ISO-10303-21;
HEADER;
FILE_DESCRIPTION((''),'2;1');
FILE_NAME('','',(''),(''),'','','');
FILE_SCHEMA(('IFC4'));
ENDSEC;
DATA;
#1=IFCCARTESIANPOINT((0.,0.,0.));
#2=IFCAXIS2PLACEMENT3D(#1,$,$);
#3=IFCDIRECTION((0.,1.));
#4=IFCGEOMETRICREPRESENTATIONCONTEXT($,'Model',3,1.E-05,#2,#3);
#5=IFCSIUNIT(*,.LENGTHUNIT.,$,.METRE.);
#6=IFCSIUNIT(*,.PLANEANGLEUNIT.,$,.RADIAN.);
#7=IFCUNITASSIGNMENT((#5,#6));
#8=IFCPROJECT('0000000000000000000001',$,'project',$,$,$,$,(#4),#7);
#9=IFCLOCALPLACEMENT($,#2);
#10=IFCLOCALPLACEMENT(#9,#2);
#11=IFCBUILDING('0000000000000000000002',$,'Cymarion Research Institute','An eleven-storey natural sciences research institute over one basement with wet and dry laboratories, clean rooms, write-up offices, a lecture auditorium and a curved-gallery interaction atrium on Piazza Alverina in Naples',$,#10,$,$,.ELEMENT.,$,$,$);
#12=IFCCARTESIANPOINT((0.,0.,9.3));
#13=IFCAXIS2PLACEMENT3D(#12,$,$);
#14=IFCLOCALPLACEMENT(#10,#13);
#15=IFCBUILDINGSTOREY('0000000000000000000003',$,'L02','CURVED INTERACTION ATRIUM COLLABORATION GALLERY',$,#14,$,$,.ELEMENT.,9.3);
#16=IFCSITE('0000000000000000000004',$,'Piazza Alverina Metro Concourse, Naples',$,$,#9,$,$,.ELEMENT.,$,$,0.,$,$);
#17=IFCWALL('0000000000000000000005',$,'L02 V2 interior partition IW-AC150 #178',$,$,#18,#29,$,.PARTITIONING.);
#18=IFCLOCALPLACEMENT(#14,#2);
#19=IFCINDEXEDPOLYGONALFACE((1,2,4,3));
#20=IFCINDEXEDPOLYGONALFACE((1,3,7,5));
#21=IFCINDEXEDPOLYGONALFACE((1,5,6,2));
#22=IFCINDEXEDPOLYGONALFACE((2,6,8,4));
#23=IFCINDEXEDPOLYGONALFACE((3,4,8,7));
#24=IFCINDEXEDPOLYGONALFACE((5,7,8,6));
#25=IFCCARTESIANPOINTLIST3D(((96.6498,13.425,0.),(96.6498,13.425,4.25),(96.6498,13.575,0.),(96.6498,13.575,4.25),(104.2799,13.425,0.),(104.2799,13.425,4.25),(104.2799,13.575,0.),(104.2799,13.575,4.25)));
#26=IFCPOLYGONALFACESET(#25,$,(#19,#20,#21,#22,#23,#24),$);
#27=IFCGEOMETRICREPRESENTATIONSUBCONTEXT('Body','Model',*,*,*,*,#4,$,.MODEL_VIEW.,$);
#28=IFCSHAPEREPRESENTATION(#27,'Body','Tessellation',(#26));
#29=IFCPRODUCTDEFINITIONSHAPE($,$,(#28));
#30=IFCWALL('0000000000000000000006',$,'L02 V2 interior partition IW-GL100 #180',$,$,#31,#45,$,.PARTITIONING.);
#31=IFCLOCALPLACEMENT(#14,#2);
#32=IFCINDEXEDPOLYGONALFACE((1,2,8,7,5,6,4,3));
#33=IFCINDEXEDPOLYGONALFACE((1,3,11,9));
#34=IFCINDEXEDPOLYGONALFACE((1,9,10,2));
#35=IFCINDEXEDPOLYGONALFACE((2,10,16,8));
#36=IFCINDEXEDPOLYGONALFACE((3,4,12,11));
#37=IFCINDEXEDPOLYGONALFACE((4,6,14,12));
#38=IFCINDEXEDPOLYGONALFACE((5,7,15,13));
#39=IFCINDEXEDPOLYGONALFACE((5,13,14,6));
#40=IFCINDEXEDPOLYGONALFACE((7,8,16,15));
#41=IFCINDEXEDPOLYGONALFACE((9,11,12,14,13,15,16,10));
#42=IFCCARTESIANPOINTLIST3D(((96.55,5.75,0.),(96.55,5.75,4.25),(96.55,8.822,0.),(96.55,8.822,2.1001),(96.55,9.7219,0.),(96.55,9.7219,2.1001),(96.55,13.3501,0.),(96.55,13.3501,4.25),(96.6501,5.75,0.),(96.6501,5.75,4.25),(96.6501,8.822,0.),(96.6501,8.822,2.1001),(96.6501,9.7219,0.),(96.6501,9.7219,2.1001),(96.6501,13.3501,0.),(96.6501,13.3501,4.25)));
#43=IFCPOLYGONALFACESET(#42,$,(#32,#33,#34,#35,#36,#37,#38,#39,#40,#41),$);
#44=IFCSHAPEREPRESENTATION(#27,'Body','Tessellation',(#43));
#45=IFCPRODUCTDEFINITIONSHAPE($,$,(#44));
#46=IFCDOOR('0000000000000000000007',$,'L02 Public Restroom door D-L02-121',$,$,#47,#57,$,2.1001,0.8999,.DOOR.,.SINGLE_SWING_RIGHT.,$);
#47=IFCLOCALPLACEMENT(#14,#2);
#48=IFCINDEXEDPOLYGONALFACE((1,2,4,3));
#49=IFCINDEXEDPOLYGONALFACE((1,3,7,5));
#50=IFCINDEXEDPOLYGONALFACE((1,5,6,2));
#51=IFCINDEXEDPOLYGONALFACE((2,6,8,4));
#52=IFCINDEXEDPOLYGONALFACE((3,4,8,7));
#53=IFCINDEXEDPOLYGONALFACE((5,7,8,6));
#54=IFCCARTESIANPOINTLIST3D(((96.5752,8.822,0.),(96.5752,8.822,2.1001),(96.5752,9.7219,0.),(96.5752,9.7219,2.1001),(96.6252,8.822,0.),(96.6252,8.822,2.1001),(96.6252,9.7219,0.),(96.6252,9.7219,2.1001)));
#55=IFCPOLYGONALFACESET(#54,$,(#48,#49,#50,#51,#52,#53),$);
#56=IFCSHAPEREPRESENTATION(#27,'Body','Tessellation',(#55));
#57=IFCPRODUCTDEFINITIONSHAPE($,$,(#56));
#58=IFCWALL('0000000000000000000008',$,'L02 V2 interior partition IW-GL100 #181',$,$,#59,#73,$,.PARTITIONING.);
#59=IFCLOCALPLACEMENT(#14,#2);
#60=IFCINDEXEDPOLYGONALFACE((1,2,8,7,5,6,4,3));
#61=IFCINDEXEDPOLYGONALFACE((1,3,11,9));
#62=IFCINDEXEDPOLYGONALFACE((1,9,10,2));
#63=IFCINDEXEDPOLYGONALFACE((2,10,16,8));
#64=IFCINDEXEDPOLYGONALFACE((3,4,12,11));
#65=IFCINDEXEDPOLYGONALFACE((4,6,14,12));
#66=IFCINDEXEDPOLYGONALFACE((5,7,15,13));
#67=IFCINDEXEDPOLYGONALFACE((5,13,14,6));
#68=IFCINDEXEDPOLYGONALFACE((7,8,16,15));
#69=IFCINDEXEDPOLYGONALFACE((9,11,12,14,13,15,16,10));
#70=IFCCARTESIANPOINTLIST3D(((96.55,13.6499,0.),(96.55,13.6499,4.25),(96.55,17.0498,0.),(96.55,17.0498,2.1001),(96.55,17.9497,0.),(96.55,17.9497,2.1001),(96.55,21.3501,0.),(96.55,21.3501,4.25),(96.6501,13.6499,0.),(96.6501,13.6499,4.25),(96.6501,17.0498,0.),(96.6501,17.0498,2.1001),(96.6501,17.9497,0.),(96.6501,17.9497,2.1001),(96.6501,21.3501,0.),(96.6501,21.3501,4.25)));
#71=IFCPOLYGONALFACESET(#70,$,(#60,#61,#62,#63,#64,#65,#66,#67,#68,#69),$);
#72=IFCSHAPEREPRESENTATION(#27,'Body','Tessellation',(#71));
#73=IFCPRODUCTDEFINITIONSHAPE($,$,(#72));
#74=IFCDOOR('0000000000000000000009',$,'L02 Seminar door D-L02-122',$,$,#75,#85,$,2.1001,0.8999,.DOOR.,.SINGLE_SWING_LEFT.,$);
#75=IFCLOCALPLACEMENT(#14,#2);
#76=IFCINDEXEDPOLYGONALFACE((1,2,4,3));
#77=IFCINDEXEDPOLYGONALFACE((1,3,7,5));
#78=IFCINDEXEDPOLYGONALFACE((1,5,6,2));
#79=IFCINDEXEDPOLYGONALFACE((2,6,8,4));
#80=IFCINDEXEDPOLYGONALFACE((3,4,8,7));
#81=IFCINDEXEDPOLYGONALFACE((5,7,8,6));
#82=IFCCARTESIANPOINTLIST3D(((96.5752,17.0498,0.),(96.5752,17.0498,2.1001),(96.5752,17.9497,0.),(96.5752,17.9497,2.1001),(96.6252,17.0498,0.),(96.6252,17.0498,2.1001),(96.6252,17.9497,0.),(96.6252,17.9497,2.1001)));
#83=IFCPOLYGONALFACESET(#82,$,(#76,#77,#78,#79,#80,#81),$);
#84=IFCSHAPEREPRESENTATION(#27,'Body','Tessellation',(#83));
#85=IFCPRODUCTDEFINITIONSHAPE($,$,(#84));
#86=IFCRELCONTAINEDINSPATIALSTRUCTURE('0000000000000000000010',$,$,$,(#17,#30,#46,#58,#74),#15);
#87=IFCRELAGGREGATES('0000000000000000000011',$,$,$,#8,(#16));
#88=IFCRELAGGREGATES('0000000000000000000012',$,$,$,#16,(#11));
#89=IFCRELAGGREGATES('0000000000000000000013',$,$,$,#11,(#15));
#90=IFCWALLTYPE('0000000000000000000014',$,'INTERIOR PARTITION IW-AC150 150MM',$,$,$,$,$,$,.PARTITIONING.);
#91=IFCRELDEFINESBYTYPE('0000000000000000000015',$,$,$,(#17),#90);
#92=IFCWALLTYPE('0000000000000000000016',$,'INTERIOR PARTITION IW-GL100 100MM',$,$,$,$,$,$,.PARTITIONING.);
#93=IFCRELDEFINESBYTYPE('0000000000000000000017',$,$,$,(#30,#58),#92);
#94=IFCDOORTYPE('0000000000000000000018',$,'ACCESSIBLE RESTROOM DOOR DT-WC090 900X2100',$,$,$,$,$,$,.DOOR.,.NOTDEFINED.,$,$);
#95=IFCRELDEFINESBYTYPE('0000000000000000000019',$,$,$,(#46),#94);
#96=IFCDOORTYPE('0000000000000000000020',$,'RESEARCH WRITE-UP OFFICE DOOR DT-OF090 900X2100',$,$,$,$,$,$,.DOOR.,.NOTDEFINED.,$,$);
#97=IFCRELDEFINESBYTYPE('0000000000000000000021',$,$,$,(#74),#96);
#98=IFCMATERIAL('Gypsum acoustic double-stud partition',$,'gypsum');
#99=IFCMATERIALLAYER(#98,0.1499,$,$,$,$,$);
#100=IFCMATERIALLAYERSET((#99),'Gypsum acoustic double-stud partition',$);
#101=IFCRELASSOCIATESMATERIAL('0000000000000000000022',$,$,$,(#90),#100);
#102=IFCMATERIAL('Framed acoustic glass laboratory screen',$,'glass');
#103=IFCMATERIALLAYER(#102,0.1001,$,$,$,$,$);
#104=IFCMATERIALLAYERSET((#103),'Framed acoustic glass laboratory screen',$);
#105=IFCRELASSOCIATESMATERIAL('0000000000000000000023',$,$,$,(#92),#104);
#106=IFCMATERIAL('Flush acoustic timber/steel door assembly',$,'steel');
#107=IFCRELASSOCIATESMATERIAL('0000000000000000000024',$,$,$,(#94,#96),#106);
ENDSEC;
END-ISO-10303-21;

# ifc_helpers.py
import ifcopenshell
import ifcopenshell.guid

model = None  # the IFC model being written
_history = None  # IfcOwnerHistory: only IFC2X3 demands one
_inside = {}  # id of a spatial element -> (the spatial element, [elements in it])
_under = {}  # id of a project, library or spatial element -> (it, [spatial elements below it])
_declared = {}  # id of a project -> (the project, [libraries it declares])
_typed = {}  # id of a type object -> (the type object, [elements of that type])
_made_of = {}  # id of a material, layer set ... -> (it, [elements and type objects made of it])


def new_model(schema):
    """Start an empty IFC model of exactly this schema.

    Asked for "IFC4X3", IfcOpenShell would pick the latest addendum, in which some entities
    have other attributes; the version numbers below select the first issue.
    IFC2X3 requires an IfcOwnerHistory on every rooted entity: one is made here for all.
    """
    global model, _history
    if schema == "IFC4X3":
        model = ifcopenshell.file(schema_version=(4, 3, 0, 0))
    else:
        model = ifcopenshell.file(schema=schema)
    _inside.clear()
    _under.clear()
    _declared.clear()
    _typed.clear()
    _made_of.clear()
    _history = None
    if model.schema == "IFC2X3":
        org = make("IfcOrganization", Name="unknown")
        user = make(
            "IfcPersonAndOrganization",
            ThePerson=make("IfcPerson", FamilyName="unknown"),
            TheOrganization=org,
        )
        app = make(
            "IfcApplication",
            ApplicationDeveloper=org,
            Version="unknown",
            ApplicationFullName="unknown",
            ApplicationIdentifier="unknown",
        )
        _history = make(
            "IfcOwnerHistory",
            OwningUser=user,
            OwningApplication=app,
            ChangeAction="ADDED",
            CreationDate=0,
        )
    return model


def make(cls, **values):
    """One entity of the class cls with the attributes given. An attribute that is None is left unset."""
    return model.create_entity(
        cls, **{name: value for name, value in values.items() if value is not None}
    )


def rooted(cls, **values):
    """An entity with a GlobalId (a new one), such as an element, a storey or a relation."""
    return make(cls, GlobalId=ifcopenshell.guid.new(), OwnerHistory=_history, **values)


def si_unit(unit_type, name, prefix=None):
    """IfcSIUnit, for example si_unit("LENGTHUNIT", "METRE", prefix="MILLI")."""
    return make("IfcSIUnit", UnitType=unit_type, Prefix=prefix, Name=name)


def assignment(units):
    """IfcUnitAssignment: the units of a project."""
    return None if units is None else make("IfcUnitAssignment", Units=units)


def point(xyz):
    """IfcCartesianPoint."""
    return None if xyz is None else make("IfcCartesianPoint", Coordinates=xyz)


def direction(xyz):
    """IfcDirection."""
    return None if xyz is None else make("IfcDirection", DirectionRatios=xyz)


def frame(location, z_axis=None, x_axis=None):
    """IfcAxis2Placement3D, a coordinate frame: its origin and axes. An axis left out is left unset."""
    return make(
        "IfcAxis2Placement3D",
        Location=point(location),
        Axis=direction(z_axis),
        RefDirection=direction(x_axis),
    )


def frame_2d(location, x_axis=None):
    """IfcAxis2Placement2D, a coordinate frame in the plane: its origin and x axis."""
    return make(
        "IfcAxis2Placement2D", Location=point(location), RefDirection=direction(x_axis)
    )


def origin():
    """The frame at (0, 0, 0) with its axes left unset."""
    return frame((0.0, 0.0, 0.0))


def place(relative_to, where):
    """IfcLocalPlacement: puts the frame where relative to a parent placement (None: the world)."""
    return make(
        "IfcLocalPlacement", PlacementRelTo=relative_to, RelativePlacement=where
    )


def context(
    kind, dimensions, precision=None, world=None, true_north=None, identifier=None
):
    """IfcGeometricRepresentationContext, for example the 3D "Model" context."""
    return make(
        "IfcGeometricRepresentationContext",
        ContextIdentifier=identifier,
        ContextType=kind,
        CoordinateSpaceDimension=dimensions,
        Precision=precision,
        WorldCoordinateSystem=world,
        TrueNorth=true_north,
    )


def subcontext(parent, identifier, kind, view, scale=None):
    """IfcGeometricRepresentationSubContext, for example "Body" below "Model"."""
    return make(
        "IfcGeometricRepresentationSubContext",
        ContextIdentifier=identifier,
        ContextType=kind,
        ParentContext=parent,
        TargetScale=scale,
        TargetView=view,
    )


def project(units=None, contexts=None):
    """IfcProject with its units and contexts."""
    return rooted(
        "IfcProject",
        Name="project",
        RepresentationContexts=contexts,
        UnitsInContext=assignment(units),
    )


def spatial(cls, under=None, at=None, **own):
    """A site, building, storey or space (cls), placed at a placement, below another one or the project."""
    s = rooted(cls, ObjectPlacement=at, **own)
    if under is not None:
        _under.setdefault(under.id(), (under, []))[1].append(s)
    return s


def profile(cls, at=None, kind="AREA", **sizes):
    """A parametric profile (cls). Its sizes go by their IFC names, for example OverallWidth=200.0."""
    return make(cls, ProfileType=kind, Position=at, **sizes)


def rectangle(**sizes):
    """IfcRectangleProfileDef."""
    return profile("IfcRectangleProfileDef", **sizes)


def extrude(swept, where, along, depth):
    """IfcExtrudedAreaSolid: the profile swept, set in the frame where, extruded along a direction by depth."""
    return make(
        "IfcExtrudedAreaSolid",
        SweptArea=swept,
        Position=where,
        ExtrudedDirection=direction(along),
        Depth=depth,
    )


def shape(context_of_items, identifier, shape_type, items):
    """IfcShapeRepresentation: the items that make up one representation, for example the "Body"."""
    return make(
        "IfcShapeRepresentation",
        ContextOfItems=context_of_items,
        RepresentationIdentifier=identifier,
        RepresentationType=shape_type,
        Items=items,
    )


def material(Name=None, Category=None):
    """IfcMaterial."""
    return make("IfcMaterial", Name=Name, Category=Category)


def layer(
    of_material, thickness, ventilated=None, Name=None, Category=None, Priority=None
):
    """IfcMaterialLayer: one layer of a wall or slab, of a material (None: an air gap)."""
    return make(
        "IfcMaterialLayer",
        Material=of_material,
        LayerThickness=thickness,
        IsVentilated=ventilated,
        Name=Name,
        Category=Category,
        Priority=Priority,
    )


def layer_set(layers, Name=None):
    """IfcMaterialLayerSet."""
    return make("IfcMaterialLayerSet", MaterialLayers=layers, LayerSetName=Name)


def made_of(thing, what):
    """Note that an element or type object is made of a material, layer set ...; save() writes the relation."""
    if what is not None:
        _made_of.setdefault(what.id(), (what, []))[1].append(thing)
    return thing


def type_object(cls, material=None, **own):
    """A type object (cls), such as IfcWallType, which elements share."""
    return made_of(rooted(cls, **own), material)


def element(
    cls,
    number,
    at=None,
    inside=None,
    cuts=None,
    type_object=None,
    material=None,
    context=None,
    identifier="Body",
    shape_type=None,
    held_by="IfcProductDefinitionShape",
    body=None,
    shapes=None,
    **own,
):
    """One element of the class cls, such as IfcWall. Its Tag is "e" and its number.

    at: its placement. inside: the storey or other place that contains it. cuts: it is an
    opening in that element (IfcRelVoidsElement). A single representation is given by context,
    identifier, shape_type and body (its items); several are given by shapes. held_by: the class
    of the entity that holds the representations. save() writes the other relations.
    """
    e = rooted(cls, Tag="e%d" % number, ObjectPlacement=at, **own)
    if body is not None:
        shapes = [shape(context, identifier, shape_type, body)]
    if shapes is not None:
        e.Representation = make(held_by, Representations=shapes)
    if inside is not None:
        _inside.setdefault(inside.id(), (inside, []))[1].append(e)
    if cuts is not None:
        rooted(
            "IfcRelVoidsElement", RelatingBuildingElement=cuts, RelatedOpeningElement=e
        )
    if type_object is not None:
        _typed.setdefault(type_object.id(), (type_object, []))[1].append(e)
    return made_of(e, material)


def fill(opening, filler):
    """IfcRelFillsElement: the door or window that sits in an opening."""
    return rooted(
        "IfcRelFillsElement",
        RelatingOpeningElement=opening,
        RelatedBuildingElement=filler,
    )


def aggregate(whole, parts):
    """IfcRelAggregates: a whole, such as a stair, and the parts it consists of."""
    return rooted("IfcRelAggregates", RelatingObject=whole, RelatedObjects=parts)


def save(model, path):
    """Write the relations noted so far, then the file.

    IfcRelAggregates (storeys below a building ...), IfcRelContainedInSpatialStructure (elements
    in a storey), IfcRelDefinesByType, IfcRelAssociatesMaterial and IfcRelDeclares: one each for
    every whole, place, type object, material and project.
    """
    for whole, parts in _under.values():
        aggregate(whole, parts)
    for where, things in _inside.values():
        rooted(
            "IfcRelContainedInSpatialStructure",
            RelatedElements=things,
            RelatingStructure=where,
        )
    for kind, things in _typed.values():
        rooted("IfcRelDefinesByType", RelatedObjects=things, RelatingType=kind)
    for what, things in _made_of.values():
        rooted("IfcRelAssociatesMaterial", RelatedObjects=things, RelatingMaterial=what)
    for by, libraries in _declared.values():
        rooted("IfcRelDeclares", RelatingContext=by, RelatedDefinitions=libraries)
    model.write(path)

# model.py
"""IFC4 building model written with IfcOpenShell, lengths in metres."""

from ifc_helpers import new_model, si_unit, direction, frame, frame_2d, origin, place, context, subcontext, project, spatial, rectangle, extrude, material, layer, layer_set, type_object, element, fill, save


model = new_model("IFC4")

# Units and contexts
model_context = context("Model", 3, precision=1e-05, world=origin(), true_north=direction((0.0, 1.0)))
body_context = subcontext(model_context, "Body", "Model", "MODEL_VIEW")
ifc_project = project(units=[si_unit("LENGTHUNIT", "METRE"), si_unit("PLANEANGLEUNIT", "RADIAN")], contexts=[model_context])

# Site, building, storey
site_placement = place(None, origin())
site = spatial("IfcSite", under=ifc_project, at=site_placement, Name="Piazza Alverina Metro Concourse, Naples", CompositionType="ELEMENT", RefElevation=0.0)
building_placement = place(site_placement, origin())
building = spatial("IfcBuilding", under=site, at=building_placement, Name="Cymarion Research Institute", Description="An eleven-storey natural sciences research institute over one basement with wet and dry laboratories, clean rooms, write-up offices, a lecture auditorium and a curved-gallery interaction atrium on Piazza Alverina in Naples", CompositionType="ELEMENT")
storey_placement = place(building_placement, frame((0.0, 0.0, 9.3)))
storey = spatial("IfcBuildingStorey", under=building, at=storey_placement, Name="L02", Description="CURVED INTERACTION ATRIUM COLLABORATION GALLERY", CompositionType="ELEMENT", Elevation=9.3)

# Wall
ifc_material_1 = material(Name="Gypsum acoustic double-stud partition", Category="gypsum")
ifc_layer_1 = layer(ifc_material_1, 0.1499)
ifc_layer_set_1 = layer_set([ifc_layer_1], Name="Gypsum acoustic double-stud partition")
wall_type_1 = type_object("IfcWallType", Name="INTERIOR PARTITION IW-AC150 150MM", PredefinedType="PARTITIONING", material=ifc_layer_set_1)
wall_1_placement = place(storey_placement, frame((96.6499, 13.5, 0.0), z_axis=(0.0, 0.0, 1.0), x_axis=(1.0, 0.0, 0.0)))
element("IfcWall", 1, at=wall_1_placement, inside=storey, type_object=wall_type_1, Name="L02 V2 interior partition IW-AC150 #178", PredefinedType="PARTITIONING", context=body_context, shape_type="SweptSolid", body=[
    extrude(rectangle(XDim=7.6301, YDim=0.1499, at=frame_2d((3.8149, 0.0))), origin(), (0.0, 0.0, 1.0), 4.25),
])

# Walls, openings, doors
ifc_material_2 = material(Name="Framed acoustic glass laboratory screen", Category="glass")
ifc_layer_2 = layer(ifc_material_2, 0.1001)
ifc_layer_set_2 = layer_set([ifc_layer_2], Name="Framed acoustic glass laboratory screen")
wall_type_2 = type_object("IfcWallType", Name="INTERIOR PARTITION IW-GL100 100MM", PredefinedType="PARTITIONING", material=ifc_layer_set_2)
wall_2_placement = place(storey_placement, frame((96.6001, 5.75, 0.0), z_axis=(0.0, 0.0, 1.0), x_axis=(0.0, 1.0, 0.0)))
wall_2 = element("IfcWall", 2, at=wall_2_placement, inside=storey, type_object=wall_type_2, Name="L02 V2 interior partition IW-GL100 #180", PredefinedType="PARTITIONING", context=body_context, shape_type="SweptSolid", body=[
    extrude(rectangle(XDim=7.6001, YDim=0.1001, at=frame_2d((3.8, 0.0))), origin(), (0.0, 0.0, 1.0), 4.25),
])
opening_1_placement = place(wall_2_placement, frame((3.072, 0.0, 0.0)))
opening_1 = element("IfcOpeningElement", 3, at=opening_1_placement, cuts=wall_2, PredefinedType="OPENING", context=body_context, shape_type="SweptSolid", body=[
    extrude(rectangle(XDim=0.8999, YDim=2.1001, at=frame_2d((0.45, 1.05))), frame((0.0, 0.0601, 0.0), z_axis=(0.0, -1.0, 0.0), x_axis=(1.0, 0.0, 0.0)), (0.0, 0.0, 1.0), 0.1201),
])
ifc_material_3 = material(Name="Flush acoustic timber/steel door assembly", Category="steel")
door_type_1 = type_object("IfcDoorType", Name="ACCESSIBLE RESTROOM DOOR DT-WC090 900X2100", OperationType="NOTDEFINED", PredefinedType="DOOR", material=ifc_material_3)
door_1_placement = place(opening_1_placement, origin())
door_1 = element("IfcDoor", 4, at=door_1_placement, inside=storey, type_object=door_type_1, Name="L02 Public Restroom door D-L02-121", OperationType="SINGLE_SWING_RIGHT", OverallHeight=2.1001, OverallWidth=0.8999, PredefinedType="DOOR", context=body_context, shape_type="SweptSolid", body=[
    extrude(rectangle(XDim=0.8999, YDim=2.1001, at=frame_2d((0.45, 1.05))), frame((0.0, 0.0249, 0.0), z_axis=(0.0, -1.0, 0.0), x_axis=(1.0, 0.0, 0.0)), (0.0, 0.0, 1.0), 0.05),
])
fill(opening_1, door_1)
wall_3_placement = place(storey_placement, frame((96.6001, 13.6499, 0.0), z_axis=(0.0, 0.0, 1.0), x_axis=(0.0, 1.0, 0.0)))
wall_3 = element("IfcWall", 5, at=wall_3_placement, inside=storey, type_object=wall_type_2, Name="L02 V2 interior partition IW-GL100 #181", PredefinedType="PARTITIONING", context=body_context, shape_type="SweptSolid", body=[
    extrude(rectangle(XDim=7.7002, YDim=0.1001, at=frame_2d((3.8501, 0.0))), origin(), (0.0, 0.0, 1.0), 4.25),
])
opening_2_placement = place(wall_3_placement, frame((3.3999, 0.0, 0.0)))
opening_2 = element("IfcOpeningElement", 6, at=opening_2_placement, cuts=wall_3, PredefinedType="OPENING", context=body_context, shape_type="SweptSolid", body=[
    extrude(rectangle(XDim=0.8999, YDim=2.1001, at=frame_2d((0.45, 1.05))), frame((0.0, 0.0601, 0.0), z_axis=(0.0, -1.0, 0.0), x_axis=(1.0, 0.0, 0.0)), (0.0, 0.0, 1.0), 0.1201),
])
door_type_2 = type_object("IfcDoorType", Name="RESEARCH WRITE-UP OFFICE DOOR DT-OF090 900X2100", OperationType="NOTDEFINED", PredefinedType="DOOR", material=ifc_material_3)
door_2_placement = place(opening_2_placement, origin())
door_2 = element("IfcDoor", 7, at=door_2_placement, inside=storey, type_object=door_type_2, Name="L02 Seminar door D-L02-122", OperationType="SINGLE_SWING_LEFT", OverallHeight=2.1001, OverallWidth=0.8999, PredefinedType="DOOR", context=body_context, shape_type="SweptSolid", body=[
    extrude(rectangle(XDim=0.8999, YDim=2.1001, at=frame_2d((0.45, 1.05))), frame((0.0, 0.0249, 0.0), z_axis=(0.0, -1.0, 0.0), x_axis=(1.0, 0.0, 0.0)), (0.0, 0.0, 1.0), 0.05),
])
fill(opening_2, door_2)

save(model, "model.ifc")
